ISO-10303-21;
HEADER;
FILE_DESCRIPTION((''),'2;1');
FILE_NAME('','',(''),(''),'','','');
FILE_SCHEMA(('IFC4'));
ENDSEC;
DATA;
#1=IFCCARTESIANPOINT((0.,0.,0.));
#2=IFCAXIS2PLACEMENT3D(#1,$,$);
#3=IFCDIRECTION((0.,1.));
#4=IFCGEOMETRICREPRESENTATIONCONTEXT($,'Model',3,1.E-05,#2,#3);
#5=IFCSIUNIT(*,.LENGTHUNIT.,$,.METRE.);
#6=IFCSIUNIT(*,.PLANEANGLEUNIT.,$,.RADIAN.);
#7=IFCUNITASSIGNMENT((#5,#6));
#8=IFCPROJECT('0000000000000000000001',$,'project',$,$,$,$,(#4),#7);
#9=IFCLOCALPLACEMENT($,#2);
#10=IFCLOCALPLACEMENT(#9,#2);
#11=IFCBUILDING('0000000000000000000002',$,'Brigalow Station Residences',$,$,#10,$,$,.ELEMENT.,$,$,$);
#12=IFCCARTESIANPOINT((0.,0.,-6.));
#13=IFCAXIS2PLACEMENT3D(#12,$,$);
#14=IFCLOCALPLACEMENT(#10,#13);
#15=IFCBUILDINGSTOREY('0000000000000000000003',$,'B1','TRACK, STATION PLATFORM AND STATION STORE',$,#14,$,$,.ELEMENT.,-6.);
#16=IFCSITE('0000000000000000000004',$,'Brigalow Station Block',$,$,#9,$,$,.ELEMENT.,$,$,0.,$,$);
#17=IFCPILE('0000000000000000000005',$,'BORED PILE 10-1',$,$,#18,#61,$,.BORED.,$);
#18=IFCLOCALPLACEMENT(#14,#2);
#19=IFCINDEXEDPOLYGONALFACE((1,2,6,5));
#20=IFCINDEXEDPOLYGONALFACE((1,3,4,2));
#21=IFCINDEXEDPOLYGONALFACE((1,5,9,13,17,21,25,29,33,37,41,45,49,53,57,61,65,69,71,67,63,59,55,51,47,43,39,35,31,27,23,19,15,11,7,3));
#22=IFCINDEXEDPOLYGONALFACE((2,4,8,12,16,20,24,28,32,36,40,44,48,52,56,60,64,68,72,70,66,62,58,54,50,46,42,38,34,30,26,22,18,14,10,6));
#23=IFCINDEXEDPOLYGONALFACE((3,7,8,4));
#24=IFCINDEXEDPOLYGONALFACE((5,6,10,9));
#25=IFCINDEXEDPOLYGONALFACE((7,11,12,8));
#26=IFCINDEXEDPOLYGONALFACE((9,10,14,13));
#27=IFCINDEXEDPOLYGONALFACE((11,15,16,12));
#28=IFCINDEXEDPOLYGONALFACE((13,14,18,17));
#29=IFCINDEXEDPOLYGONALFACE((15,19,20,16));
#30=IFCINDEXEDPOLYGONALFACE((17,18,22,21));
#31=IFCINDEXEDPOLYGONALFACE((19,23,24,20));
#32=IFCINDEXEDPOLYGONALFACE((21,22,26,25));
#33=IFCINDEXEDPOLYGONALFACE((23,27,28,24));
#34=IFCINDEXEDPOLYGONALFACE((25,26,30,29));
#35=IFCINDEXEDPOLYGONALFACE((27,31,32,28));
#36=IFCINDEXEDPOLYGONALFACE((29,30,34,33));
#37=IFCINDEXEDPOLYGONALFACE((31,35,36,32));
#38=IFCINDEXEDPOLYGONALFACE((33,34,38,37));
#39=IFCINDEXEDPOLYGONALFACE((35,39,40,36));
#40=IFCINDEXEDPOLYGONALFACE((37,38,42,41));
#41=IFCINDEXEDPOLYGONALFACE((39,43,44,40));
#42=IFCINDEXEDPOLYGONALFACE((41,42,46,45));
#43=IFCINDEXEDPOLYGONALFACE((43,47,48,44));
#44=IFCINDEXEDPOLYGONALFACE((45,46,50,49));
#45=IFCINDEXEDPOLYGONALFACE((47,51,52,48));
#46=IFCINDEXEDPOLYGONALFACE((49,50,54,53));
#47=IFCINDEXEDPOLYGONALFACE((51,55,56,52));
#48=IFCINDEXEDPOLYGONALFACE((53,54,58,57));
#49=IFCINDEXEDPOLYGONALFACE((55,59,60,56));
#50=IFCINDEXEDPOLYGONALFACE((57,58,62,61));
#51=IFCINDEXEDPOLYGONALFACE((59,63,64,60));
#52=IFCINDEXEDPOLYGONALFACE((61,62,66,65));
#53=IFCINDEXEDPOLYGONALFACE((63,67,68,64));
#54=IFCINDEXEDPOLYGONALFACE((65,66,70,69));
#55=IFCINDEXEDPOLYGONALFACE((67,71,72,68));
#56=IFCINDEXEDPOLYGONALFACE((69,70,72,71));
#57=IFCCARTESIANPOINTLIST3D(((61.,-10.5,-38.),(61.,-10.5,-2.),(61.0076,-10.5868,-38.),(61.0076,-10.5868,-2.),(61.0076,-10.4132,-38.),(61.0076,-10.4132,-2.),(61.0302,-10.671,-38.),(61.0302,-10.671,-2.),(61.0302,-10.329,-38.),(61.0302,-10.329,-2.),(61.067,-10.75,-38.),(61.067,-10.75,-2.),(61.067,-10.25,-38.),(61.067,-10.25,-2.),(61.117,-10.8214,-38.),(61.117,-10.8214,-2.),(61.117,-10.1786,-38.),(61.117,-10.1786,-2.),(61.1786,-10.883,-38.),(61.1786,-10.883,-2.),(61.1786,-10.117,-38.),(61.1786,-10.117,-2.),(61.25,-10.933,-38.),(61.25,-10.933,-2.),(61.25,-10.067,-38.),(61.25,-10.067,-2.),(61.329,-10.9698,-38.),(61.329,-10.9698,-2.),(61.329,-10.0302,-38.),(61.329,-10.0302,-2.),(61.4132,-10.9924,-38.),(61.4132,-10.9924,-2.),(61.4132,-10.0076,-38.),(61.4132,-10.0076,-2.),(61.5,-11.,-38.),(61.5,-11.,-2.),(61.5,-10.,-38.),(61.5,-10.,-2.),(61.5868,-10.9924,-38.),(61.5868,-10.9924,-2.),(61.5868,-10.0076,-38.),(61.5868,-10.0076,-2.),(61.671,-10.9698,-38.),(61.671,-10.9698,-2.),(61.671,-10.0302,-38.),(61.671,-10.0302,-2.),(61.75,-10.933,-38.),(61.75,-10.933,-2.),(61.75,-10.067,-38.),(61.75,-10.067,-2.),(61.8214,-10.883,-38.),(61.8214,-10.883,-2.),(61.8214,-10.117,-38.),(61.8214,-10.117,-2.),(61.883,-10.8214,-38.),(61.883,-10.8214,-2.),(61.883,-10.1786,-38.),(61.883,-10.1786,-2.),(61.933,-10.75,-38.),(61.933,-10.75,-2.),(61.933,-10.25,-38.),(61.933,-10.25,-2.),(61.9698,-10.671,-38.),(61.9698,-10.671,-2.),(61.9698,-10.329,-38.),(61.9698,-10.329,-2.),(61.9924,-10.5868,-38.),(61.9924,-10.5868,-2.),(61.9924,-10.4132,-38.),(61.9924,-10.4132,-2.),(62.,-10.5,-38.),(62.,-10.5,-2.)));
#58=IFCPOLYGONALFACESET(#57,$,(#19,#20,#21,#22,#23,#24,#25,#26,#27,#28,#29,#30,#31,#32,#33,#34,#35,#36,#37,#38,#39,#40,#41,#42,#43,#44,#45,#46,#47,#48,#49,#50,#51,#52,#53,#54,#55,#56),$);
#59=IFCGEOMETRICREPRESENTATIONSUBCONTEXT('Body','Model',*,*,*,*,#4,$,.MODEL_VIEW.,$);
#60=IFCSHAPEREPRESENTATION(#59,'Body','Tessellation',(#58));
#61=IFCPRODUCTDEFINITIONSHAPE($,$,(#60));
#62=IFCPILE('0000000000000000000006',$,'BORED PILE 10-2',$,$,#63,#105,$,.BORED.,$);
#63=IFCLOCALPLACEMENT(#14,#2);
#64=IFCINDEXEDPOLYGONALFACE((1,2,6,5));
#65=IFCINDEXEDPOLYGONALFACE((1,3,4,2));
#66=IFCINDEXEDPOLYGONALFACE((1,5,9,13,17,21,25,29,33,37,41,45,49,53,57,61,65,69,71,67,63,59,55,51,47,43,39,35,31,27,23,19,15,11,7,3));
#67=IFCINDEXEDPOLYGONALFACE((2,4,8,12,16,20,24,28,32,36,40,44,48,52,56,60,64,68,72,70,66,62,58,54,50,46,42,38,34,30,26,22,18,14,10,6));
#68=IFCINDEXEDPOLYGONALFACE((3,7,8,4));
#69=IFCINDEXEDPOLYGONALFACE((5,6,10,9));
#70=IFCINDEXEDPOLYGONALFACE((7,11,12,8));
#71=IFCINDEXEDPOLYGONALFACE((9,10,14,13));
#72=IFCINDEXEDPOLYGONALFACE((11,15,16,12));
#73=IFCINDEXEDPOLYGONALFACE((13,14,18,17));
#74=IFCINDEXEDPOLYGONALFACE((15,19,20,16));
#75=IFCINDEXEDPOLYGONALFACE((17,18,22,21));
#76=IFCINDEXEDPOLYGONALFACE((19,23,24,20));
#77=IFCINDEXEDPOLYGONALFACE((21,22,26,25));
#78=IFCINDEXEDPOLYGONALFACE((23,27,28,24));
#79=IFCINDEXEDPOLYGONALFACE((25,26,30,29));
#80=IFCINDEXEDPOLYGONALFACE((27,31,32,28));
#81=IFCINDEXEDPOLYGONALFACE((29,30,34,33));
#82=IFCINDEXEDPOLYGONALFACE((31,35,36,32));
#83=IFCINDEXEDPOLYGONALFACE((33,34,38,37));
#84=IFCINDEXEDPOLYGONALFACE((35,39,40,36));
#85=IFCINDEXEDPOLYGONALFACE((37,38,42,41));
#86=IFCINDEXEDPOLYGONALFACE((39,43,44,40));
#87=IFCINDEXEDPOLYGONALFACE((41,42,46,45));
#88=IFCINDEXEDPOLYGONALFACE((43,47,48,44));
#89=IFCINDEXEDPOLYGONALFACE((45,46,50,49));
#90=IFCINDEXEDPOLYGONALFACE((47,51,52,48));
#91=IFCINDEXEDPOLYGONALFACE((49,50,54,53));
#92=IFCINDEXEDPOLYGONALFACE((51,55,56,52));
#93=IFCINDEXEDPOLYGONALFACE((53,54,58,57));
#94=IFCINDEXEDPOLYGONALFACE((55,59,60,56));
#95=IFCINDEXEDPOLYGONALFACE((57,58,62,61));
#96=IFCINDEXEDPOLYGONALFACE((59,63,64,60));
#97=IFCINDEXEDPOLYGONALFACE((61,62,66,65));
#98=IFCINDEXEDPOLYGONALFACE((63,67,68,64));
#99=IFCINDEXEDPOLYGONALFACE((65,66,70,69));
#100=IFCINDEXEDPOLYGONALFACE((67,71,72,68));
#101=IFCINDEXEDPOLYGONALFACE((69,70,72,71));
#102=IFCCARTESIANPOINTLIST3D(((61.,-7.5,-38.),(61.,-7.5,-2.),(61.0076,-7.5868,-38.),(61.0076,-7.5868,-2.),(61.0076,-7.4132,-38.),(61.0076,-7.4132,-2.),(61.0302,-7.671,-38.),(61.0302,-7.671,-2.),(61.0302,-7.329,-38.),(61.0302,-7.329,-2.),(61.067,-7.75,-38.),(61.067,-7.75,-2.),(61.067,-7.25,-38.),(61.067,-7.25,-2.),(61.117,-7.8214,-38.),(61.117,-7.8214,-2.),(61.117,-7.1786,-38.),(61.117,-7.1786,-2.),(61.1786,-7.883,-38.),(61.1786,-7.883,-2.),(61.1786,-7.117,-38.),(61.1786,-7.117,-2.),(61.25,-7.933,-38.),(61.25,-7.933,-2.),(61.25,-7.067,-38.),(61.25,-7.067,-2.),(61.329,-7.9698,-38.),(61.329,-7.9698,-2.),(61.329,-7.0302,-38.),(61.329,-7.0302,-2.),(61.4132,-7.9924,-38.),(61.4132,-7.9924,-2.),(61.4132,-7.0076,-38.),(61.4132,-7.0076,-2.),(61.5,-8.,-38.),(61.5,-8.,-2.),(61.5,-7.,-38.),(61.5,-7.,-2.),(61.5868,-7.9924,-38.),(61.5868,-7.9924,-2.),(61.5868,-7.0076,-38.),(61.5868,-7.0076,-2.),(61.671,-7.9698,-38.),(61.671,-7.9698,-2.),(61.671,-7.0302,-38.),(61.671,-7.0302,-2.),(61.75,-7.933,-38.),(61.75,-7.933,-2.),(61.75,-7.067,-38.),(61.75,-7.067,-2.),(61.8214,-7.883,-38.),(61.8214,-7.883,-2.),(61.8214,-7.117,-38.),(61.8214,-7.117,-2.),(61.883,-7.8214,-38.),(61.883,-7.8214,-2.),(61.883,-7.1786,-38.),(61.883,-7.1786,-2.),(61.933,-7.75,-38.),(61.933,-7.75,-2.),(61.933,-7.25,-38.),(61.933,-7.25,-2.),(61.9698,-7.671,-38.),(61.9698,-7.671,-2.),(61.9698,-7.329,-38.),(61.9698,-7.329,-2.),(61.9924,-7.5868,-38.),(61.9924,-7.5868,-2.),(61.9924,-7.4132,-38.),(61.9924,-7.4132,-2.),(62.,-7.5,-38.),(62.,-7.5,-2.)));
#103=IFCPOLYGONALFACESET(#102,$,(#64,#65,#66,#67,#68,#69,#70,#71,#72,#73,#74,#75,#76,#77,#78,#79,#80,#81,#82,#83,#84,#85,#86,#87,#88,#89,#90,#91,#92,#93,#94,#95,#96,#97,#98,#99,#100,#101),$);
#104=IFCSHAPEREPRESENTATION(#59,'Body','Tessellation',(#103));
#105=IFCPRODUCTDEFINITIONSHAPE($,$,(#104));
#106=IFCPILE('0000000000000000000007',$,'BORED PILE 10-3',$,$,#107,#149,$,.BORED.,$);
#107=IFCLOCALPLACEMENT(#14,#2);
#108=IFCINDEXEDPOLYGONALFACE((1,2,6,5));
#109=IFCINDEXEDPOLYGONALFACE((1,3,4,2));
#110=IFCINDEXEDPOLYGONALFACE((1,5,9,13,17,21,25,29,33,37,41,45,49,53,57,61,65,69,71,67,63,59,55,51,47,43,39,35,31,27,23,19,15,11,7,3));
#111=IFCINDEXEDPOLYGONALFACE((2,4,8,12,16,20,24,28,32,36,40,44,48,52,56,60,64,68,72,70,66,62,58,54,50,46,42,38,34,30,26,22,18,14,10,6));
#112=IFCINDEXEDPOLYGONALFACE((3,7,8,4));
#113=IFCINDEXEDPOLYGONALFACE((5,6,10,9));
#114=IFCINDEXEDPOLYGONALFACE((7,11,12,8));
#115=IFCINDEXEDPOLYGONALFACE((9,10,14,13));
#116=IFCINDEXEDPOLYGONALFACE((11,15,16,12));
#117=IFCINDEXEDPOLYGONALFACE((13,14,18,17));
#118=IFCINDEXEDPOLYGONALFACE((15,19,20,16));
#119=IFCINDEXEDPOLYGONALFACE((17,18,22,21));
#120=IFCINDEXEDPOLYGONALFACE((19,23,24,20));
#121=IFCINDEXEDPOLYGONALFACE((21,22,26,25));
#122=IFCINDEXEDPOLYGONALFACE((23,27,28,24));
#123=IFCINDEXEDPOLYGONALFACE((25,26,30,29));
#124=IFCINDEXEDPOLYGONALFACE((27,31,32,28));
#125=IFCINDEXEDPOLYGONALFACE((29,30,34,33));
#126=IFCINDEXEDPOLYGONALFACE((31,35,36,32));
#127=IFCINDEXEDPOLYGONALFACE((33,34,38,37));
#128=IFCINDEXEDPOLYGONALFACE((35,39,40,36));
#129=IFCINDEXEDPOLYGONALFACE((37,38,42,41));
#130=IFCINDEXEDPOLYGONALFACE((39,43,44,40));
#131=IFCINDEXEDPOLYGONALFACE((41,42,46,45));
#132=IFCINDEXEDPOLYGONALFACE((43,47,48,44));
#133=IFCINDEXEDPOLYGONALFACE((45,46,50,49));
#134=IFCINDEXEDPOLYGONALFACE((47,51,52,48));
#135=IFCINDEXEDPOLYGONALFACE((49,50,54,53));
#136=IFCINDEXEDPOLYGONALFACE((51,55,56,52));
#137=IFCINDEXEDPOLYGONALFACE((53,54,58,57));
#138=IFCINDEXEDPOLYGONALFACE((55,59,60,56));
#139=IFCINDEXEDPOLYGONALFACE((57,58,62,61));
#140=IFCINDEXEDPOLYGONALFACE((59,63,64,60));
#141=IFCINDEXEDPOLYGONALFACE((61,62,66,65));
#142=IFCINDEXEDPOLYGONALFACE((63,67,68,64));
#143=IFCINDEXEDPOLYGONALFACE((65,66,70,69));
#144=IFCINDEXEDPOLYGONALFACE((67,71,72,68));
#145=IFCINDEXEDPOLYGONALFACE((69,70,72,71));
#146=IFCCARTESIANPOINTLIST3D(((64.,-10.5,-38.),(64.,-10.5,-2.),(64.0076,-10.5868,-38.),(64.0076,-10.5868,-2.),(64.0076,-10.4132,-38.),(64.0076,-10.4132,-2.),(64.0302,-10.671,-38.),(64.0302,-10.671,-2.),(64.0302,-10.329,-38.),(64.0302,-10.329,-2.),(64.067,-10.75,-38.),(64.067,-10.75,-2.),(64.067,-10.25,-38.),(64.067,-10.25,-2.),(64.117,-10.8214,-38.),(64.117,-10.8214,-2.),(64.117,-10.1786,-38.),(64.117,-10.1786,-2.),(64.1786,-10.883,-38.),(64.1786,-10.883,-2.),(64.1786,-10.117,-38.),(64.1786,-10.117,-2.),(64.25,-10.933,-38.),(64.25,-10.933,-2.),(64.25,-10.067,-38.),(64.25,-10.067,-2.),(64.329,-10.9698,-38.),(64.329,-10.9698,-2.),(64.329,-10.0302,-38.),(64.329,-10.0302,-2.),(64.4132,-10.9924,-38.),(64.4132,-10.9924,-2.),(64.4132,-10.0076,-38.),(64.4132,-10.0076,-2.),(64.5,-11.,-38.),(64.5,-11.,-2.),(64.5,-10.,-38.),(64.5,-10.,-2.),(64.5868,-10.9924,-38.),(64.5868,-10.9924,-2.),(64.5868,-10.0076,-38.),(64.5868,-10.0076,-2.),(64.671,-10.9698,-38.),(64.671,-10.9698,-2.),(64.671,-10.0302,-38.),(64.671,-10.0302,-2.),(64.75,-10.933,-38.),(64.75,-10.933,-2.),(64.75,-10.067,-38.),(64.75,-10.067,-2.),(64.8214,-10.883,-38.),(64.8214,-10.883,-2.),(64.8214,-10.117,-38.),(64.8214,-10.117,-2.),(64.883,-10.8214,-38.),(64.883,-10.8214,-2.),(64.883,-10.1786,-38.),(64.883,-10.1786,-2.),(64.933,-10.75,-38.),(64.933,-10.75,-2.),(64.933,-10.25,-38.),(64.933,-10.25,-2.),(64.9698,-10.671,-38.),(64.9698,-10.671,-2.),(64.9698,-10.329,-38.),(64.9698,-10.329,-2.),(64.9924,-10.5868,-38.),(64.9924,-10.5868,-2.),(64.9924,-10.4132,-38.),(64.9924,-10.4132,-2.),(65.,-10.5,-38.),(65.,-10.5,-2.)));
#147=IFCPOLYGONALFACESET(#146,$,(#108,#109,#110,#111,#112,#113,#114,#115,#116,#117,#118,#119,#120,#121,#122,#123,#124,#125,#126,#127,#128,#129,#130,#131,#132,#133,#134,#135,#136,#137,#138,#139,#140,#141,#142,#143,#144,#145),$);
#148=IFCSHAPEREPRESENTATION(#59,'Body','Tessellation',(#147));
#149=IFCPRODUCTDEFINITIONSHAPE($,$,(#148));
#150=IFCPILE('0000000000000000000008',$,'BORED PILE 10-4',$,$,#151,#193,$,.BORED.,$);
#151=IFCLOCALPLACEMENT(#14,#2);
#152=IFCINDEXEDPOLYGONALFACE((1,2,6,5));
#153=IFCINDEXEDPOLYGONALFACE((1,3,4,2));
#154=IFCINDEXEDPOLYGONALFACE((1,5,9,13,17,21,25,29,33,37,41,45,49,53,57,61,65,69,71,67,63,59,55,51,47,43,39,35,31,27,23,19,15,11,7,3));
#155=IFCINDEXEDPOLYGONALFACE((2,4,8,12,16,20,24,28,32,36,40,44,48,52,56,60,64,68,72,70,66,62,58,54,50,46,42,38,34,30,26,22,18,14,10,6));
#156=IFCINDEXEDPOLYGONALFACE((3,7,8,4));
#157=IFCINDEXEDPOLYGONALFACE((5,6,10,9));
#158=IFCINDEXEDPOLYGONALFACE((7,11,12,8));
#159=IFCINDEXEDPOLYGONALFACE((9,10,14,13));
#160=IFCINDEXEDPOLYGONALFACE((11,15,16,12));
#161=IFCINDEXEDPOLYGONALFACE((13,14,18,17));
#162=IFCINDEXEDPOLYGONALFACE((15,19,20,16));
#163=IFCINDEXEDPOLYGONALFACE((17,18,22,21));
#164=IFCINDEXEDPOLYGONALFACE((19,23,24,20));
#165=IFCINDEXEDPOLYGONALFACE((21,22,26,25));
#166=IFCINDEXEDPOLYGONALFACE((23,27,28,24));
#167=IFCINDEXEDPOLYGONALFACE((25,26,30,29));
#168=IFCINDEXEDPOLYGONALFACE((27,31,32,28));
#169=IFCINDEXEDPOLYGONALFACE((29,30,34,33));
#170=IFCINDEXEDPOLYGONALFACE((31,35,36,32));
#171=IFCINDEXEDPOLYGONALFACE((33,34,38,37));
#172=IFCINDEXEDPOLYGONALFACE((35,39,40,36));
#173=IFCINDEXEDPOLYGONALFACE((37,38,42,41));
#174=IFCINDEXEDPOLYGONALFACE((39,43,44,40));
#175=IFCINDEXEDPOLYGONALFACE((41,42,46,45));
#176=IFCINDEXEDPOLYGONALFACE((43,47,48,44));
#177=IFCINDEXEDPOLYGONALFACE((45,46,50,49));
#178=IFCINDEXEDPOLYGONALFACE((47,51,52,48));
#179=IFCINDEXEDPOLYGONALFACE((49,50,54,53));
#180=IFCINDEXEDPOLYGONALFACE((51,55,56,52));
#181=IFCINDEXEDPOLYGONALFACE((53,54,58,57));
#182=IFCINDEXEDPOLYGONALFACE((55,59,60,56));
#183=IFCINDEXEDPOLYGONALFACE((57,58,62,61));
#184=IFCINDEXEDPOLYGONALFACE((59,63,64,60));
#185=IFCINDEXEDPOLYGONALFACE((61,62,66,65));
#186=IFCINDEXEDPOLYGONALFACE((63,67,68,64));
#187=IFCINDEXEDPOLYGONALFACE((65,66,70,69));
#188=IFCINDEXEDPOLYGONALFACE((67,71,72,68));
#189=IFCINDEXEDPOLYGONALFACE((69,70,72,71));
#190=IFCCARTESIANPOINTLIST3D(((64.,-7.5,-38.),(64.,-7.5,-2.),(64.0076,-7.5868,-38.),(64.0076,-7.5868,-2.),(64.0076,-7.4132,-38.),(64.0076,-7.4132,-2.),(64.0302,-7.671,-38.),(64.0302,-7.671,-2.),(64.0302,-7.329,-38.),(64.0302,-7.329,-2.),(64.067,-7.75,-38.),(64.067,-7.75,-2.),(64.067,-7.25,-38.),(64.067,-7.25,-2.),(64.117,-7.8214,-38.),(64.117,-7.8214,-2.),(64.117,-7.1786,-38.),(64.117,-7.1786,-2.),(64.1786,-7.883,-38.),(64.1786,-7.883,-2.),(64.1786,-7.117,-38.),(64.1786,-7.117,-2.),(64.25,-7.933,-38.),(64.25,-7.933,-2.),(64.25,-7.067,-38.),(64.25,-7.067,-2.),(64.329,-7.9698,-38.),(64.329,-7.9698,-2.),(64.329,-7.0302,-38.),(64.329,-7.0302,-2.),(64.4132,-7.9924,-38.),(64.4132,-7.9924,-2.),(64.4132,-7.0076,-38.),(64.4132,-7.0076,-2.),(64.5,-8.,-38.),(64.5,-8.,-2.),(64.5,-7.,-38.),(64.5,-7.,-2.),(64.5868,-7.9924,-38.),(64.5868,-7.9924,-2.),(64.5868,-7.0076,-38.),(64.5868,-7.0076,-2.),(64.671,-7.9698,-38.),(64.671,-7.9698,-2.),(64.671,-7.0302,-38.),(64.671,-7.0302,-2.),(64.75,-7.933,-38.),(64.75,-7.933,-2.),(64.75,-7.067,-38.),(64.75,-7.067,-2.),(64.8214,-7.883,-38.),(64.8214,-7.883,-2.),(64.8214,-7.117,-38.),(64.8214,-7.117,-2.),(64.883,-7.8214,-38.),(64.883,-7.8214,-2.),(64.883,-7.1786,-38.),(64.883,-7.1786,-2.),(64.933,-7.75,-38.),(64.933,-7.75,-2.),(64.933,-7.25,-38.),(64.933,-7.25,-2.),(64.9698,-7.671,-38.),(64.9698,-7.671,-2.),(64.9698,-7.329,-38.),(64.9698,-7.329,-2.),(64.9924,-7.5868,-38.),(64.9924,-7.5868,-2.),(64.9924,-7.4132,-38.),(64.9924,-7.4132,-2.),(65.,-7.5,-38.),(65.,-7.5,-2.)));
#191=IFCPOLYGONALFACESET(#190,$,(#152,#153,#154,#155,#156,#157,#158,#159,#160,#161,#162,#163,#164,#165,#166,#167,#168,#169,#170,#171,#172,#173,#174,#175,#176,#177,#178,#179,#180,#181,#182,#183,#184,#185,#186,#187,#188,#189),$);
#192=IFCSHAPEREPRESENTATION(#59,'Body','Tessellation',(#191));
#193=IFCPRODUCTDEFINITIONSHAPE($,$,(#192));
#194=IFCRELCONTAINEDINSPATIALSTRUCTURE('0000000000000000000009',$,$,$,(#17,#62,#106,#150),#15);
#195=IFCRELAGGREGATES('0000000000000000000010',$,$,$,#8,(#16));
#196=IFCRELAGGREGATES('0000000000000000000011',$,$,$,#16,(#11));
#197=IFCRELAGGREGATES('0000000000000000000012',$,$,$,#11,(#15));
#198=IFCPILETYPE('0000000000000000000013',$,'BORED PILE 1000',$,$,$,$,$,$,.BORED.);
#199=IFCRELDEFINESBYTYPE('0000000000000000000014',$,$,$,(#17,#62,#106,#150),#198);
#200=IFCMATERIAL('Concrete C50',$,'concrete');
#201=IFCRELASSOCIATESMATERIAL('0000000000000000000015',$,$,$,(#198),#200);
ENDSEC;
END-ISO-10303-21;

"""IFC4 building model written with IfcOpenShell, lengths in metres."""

from ifc_helpers import new_model, si_unit, direction, frame, origin, origin_2d, place, context, subcontext, project, spatial, circle, extrude, material, material_profile, profile_set, type_object, element, save


model = new_model("IFC4")

# Units and contexts
model_context = context("Model", 3, precision=1e-05, world=origin(), true_north=direction((0.0, 1.0)))
body_context = subcontext(model_context, "Body", "Model", "MODEL_VIEW")
ifc_project = project(units=[si_unit("LENGTHUNIT", "METRE"), si_unit("PLANEANGLEUNIT", "RADIAN")], contexts=[model_context])

# Site, building, storey
site_placement = place(None, origin())
site = spatial("IfcSite", under=ifc_project, at=site_placement, Name="Brigalow Station Block", CompositionType="ELEMENT", RefElevation=0.0)
building_placement = place(site_placement, origin())
building = spatial("IfcBuilding", under=site, at=building_placement, Name="Brigalow Station Residences", CompositionType="ELEMENT")
storey_placement = place(building_placement, frame((0.0, 0.0, -6.0)))
storey = spatial("IfcBuildingStorey", under=building, at=storey_placement, Name="B1", Description="TRACK, STATION PLATFORM AND STATION STORE", CompositionType="ELEMENT", Elevation=-6.0)

# Piles
ifc_material_1 = material(Name="Concrete C50", Category="concrete")
ifc_material_profile_1 = material_profile(ifc_material_1, circle(Radius=0.5, at=origin_2d()), Name="BP1000")
ifc_profile_set_1 = profile_set([ifc_material_profile_1], Name="Concrete C50")
pile_type_1 = type_object("IfcPileType", Name="BORED PILE 1000", PredefinedType="BORED", material=ifc_profile_set_1)
for number, where, z_axis, x_axis, name in (
    (1, (61.5, -10.5, -2.0), (0.0, 0.0, -1.0), (1.0, 0.0, 0.0), "BORED PILE 10-1"),
    (2, (61.5, -7.5, -2.0), (0.0, 0.0, -1.0), (1.0, 0.0, 0.0), "BORED PILE 10-2"),
    (3, (64.5, -10.5, -2.0), (0.0, 0.0, -1.0), (1.0, 0.0, 0.0), "BORED PILE 10-3"),
    (4, (64.5, -7.5, -2.0), (0.0, 0.0, -1.0), (1.0, 0.0, 0.0), "BORED PILE 10-4"),
):
    element("IfcPile", number, at=place(storey_placement, frame(where, z_axis=z_axis, x_axis=x_axis)), inside=storey, type_object=pile_type_1, Name=name, PredefinedType="BORED", context=body_context, shape_type="SweptSolid", body=[
        extrude(circle(Radius=0.5, at=origin_2d()), origin(), (0.0, 0.0, 1.0), 36.0),
    ])

save(model, "model.ifc")
